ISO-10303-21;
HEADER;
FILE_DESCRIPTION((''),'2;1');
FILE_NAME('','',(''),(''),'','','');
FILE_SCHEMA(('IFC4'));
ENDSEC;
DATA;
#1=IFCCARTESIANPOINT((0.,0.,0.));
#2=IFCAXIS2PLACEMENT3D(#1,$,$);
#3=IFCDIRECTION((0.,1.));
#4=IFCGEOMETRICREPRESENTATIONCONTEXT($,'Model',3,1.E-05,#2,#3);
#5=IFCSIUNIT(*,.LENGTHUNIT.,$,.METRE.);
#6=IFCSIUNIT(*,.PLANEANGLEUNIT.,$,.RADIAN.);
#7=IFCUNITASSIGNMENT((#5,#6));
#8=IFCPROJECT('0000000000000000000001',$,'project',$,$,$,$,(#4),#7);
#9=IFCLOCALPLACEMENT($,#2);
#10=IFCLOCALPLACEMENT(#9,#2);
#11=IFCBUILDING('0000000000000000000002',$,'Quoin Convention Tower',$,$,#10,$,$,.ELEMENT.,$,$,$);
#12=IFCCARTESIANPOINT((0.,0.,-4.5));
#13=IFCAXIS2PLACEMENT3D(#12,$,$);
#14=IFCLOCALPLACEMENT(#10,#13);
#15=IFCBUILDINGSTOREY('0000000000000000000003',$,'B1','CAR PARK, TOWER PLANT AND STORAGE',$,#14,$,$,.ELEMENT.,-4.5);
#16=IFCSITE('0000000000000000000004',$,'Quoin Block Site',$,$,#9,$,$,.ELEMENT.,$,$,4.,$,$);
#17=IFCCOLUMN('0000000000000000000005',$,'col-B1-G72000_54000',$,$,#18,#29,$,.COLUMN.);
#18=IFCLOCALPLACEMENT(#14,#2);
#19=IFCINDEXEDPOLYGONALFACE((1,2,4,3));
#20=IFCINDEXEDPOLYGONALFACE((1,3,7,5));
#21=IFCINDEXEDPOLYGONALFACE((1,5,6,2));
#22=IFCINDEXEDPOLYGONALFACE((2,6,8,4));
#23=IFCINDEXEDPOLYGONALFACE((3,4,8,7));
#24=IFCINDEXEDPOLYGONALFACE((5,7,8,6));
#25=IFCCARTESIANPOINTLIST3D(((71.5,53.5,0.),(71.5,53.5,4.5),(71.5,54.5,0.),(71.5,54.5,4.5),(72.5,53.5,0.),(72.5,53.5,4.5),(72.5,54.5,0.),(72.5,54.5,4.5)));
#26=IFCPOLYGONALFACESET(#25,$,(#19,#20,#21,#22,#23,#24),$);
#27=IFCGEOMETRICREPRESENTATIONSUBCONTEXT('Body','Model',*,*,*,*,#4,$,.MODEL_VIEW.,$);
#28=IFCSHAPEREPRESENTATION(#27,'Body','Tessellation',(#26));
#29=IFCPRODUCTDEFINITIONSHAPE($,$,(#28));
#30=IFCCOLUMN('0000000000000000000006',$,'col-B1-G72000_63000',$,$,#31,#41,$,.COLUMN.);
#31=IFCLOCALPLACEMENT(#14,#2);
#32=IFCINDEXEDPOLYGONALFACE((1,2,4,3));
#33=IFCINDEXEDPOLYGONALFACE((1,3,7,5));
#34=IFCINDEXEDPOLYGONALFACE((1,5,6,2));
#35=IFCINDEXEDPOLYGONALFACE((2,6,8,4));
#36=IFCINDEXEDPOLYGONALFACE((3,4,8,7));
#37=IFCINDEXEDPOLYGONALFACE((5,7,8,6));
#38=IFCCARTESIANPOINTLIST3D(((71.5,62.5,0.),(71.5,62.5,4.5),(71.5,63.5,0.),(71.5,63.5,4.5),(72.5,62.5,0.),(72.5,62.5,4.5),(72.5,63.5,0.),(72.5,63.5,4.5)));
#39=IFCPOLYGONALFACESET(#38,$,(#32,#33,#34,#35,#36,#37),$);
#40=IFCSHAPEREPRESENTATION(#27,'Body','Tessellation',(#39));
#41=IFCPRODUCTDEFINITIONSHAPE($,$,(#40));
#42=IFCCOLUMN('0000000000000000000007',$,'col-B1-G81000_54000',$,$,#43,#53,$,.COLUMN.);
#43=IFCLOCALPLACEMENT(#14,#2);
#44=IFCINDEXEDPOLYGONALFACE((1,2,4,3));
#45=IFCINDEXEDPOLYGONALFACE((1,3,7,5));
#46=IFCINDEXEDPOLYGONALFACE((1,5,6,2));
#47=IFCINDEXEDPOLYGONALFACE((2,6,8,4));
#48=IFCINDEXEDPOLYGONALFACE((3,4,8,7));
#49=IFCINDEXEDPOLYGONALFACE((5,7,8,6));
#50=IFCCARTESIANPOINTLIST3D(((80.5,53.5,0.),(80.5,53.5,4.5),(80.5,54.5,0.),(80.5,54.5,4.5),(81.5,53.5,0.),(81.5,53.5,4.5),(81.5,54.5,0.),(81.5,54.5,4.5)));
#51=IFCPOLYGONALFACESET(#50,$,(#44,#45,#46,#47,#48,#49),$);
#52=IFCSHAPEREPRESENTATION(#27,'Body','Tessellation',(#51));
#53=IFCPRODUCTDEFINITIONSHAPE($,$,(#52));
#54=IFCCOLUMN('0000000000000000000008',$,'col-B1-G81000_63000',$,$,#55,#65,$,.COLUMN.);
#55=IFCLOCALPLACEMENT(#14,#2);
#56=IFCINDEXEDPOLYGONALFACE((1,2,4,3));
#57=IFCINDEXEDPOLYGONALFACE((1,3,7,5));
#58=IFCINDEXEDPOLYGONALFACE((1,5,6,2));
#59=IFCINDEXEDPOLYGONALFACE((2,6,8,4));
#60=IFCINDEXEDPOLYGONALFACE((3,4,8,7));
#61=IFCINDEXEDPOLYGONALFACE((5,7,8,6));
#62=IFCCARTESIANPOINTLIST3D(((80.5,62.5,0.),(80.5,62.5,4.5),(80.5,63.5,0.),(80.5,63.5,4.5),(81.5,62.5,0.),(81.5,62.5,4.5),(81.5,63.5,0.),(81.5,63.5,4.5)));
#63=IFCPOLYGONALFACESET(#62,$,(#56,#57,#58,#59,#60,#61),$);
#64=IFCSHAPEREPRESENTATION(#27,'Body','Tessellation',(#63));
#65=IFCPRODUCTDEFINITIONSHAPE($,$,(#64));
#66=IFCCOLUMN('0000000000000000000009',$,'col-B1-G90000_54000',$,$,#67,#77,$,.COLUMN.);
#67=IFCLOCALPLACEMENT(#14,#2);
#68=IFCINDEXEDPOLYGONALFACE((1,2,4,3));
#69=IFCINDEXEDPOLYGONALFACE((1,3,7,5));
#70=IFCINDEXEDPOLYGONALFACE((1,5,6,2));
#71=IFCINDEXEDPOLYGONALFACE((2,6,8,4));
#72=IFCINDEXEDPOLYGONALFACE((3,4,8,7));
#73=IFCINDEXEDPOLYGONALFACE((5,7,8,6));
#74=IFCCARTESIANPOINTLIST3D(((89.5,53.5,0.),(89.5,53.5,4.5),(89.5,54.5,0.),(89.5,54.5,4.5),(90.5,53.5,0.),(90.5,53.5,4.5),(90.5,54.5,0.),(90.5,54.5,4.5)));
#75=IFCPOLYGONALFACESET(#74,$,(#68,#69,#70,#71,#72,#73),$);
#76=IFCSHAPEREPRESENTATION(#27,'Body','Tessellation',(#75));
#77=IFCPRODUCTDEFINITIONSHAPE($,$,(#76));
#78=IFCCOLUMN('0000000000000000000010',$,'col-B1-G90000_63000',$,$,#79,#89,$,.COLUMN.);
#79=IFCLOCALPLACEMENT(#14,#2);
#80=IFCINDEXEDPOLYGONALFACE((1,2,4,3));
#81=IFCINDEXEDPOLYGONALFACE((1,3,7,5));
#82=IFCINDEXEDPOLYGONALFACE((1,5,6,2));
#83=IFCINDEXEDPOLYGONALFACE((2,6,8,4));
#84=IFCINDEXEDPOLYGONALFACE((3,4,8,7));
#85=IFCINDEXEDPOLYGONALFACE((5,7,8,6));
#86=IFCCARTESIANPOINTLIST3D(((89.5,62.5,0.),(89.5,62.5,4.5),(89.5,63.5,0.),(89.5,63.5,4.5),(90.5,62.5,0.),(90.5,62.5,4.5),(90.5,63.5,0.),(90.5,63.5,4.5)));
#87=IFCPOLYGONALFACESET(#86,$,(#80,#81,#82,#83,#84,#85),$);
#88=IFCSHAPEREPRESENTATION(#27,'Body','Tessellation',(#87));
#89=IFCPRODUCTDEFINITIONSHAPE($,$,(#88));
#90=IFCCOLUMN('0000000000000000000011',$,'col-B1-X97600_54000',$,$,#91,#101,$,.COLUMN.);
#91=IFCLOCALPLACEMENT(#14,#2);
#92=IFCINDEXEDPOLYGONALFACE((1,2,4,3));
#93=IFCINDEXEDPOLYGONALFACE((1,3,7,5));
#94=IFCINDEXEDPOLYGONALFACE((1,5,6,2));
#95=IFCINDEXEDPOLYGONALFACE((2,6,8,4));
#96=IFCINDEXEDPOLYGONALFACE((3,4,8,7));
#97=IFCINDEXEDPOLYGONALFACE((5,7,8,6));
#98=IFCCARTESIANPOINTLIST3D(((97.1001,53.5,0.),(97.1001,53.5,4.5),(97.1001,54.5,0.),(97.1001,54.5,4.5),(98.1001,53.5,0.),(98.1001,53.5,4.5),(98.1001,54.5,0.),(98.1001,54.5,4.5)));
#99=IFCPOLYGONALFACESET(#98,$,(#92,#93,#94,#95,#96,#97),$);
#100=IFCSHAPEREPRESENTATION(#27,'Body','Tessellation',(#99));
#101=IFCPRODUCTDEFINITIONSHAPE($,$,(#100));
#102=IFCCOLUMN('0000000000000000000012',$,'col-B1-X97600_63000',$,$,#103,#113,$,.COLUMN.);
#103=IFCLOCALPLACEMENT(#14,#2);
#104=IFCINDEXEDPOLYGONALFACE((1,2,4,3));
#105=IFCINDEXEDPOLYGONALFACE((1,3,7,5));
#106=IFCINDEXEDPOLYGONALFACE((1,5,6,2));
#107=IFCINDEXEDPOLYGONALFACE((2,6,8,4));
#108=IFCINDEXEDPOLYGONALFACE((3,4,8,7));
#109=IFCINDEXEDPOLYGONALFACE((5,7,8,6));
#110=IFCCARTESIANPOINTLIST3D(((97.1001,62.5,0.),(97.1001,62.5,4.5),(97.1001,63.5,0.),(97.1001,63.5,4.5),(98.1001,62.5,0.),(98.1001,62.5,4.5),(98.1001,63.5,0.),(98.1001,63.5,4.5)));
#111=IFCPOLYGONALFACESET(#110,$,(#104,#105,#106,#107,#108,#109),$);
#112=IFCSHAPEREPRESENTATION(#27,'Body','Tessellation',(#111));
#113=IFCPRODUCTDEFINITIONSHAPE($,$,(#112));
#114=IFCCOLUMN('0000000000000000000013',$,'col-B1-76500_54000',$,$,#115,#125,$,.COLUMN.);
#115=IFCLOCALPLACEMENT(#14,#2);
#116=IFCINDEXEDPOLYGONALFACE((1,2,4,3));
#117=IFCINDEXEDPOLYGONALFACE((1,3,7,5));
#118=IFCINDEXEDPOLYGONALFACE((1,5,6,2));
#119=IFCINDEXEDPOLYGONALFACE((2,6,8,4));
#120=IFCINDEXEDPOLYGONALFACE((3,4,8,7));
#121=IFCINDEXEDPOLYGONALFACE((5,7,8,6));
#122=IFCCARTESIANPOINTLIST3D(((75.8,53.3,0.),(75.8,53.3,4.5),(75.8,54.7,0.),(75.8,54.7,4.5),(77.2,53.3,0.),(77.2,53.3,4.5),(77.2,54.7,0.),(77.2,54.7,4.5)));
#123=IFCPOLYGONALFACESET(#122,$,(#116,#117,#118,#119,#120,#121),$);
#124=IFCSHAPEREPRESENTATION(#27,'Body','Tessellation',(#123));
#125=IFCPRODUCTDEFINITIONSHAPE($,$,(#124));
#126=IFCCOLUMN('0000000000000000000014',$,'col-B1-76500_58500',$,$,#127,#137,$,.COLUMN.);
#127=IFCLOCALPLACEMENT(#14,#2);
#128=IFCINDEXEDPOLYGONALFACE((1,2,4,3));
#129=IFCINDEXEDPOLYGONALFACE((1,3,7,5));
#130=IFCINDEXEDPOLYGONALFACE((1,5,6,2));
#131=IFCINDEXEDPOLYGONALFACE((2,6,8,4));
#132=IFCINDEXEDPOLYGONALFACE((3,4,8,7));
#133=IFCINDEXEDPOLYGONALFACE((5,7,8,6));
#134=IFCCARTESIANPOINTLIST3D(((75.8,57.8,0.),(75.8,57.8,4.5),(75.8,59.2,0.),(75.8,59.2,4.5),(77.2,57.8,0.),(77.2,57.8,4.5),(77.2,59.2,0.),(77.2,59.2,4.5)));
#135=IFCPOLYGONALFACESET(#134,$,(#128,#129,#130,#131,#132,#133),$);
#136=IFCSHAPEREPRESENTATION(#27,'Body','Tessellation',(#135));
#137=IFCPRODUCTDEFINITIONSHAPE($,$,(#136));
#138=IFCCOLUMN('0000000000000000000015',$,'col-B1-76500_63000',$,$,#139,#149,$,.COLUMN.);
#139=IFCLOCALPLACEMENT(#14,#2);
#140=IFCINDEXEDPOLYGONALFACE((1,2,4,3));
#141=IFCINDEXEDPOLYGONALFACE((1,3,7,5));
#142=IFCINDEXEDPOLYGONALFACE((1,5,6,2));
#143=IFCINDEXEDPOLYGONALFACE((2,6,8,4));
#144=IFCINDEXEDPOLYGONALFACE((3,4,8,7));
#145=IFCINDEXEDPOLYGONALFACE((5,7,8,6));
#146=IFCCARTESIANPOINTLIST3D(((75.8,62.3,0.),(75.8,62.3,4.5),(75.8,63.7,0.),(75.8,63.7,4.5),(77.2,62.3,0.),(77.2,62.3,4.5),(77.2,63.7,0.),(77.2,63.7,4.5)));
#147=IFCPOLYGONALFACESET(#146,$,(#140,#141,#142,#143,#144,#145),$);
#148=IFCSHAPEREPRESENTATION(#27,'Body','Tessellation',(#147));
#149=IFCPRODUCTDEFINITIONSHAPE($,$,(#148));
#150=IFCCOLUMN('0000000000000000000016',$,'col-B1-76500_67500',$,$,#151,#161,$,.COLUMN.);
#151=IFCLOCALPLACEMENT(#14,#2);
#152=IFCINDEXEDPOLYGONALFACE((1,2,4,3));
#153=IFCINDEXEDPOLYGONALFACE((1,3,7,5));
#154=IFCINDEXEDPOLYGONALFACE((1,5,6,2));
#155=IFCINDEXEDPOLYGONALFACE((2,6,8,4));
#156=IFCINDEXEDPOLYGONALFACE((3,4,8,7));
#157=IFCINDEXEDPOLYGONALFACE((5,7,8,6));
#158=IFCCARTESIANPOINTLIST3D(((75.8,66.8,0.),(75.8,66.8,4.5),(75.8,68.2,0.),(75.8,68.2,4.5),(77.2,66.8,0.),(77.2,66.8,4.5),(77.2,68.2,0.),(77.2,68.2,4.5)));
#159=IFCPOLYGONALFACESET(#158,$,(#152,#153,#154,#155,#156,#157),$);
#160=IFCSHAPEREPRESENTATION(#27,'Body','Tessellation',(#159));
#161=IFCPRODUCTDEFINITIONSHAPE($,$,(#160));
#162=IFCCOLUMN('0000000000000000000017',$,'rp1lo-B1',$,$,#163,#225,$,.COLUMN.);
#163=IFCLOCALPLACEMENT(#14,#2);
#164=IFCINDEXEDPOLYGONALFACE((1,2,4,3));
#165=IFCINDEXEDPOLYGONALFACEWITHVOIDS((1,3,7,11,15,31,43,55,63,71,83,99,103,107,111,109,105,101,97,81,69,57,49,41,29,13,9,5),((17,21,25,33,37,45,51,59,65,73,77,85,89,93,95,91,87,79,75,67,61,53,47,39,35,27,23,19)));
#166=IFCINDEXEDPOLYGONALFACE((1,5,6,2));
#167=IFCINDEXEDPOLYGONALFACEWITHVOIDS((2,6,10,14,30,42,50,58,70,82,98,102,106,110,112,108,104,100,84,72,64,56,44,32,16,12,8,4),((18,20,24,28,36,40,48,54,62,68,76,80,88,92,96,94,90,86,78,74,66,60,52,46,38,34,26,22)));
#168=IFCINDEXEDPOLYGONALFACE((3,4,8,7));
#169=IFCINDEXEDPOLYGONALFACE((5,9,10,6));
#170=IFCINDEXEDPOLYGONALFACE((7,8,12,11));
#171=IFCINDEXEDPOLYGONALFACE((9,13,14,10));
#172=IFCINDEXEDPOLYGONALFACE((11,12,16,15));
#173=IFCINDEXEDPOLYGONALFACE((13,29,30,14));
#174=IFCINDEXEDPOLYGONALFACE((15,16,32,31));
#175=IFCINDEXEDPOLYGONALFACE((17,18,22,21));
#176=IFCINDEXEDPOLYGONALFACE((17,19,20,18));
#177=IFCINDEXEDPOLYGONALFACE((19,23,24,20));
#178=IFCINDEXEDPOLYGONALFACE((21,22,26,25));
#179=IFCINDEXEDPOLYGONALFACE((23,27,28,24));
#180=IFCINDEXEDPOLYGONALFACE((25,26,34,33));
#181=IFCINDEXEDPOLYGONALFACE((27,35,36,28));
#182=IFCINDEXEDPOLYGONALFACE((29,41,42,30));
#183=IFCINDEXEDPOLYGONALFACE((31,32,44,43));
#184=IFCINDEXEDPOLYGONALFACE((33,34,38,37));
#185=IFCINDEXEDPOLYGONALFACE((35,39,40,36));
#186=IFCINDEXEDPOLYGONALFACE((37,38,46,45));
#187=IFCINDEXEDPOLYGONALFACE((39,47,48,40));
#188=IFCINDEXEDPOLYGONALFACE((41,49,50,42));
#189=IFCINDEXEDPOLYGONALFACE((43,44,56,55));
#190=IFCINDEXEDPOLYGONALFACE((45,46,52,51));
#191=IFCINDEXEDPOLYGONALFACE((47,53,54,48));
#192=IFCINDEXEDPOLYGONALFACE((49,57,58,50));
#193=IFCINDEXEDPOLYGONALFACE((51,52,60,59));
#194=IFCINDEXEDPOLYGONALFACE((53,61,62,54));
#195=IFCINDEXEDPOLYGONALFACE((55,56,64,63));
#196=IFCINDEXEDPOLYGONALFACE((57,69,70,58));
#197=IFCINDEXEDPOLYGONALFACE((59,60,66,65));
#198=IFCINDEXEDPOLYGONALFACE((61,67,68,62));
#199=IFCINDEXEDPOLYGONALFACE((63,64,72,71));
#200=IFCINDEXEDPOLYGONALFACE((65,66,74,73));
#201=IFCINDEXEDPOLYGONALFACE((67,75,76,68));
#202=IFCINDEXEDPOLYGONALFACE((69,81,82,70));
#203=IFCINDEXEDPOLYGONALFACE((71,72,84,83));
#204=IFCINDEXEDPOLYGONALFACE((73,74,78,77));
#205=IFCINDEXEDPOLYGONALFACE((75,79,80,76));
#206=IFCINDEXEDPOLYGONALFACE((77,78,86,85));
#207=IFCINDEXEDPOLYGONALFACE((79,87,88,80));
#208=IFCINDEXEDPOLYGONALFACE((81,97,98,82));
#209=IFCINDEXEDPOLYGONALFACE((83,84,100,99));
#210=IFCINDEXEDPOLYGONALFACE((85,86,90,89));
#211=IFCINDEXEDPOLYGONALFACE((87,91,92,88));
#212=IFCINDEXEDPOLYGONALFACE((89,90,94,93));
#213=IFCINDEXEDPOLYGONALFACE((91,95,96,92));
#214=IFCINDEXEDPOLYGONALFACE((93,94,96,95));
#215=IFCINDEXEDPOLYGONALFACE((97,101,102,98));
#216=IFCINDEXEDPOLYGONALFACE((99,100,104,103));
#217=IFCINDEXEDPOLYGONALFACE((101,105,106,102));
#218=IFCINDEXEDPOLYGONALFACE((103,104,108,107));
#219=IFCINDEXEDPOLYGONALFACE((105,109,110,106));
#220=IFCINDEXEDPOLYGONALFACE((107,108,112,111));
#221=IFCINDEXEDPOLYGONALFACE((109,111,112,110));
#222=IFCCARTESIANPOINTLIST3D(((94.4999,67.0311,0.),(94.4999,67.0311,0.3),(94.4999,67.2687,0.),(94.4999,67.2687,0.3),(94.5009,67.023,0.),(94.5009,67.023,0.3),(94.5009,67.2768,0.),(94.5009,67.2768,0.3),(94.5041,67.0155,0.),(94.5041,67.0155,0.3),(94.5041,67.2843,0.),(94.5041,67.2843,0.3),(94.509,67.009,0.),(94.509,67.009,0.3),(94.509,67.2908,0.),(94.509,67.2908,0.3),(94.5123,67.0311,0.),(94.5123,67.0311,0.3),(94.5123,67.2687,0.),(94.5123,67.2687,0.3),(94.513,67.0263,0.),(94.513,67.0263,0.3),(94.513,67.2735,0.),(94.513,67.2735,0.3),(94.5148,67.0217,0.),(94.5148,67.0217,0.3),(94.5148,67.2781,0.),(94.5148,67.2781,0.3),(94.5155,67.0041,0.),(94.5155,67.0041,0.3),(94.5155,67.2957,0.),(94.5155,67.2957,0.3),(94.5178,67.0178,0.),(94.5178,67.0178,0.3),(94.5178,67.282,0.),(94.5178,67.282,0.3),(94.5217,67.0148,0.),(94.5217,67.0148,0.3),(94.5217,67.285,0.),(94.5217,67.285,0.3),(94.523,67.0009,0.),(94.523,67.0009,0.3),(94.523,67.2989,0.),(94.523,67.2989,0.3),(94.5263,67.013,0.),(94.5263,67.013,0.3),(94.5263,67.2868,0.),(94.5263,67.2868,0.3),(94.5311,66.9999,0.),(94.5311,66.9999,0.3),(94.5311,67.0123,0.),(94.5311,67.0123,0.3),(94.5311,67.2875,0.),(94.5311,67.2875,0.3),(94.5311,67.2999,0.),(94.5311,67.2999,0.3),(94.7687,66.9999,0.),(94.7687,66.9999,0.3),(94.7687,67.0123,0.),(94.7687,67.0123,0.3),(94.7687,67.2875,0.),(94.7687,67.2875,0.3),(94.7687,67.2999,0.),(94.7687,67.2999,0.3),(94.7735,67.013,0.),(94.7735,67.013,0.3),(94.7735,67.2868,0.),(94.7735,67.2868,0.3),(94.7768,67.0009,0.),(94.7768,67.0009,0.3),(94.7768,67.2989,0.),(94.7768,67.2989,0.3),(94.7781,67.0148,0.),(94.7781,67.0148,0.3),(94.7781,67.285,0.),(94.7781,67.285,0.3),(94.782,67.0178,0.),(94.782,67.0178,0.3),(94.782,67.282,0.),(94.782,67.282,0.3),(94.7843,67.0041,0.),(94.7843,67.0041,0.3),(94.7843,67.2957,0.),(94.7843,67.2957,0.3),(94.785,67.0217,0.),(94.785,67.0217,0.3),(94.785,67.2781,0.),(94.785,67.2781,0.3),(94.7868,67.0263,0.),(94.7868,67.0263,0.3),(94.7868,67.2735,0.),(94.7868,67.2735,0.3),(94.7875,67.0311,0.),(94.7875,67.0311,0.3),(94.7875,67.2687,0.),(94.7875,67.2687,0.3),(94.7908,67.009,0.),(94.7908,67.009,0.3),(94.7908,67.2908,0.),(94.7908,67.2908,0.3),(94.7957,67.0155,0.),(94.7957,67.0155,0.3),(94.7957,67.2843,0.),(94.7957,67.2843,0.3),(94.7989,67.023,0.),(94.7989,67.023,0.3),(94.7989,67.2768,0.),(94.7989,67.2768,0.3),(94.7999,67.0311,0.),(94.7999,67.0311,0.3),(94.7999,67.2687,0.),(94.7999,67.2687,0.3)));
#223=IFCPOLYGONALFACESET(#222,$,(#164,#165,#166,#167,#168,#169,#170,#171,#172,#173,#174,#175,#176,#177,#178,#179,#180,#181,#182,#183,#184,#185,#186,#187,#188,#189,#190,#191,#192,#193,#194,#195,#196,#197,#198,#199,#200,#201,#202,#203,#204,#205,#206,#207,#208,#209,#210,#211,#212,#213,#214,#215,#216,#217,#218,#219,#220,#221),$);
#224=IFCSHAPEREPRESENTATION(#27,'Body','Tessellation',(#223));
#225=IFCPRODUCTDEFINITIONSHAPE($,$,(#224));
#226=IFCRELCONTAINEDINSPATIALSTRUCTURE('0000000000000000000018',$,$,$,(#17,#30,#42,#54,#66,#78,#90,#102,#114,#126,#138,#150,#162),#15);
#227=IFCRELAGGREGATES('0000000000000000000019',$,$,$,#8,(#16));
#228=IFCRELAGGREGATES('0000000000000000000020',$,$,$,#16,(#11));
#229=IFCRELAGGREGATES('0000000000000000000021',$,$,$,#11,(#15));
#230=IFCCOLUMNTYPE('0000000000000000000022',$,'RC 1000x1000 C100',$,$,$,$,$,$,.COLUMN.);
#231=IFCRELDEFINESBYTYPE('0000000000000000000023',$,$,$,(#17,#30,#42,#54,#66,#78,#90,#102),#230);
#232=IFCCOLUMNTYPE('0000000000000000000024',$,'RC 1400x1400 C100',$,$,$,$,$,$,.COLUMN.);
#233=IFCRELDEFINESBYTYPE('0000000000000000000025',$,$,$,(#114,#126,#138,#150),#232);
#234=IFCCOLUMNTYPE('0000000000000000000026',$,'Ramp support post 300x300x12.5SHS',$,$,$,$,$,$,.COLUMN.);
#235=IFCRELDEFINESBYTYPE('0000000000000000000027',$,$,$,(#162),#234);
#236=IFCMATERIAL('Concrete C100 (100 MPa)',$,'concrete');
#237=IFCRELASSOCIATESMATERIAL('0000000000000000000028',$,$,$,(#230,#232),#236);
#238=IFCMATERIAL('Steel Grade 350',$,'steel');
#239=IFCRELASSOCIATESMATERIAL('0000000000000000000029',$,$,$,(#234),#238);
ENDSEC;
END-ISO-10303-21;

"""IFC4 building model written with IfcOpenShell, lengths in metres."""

from ifc_helpers import new_model, si_unit, direction, frame, origin, origin_2d, place, context, subcontext, project, spatial, rectangle, hollow_rectangle, extrude, material, material_profile, profile_set, type_object, element, save


model = new_model("IFC4")

# Units and contexts
model_context = context("Model", 3, precision=1e-05, world=origin(), true_north=direction((0.0, 1.0)))
body_context = subcontext(model_context, "Body", "Model", "MODEL_VIEW")
ifc_project = project(units=[si_unit("LENGTHUNIT", "METRE"), si_unit("PLANEANGLEUNIT", "RADIAN")], contexts=[model_context])

# Site, building, storey
site_placement = place(None, origin())
site = spatial("IfcSite", under=ifc_project, at=site_placement, Name="Quoin Block Site", CompositionType="ELEMENT", RefElevation=4.0)
building_placement = place(site_placement, origin())
building = spatial("IfcBuilding", under=site, at=building_placement, Name="Quoin Convention Tower", CompositionType="ELEMENT")
storey_placement = place(building_placement, frame((0.0, 0.0, -4.5)))
storey = spatial("IfcBuildingStorey", under=building, at=storey_placement, Name="B1", Description="CAR PARK, TOWER PLANT AND STORAGE", CompositionType="ELEMENT", Elevation=-4.5)

# Columns
ifc_material_1 = material(Name="Concrete C100 (100 MPa)", Category="concrete")
ifc_material_profile_1 = material_profile(ifc_material_1, rectangle(XDim=1.0, YDim=1.0, at=origin_2d()), Name="RC 1000x1000")
ifc_profile_set_1 = profile_set([ifc_material_profile_1], Name="Concrete C100 (100 MPa)")
column_type_1 = type_object("IfcColumnType", Name="RC 1000x1000 C100", PredefinedType="COLUMN", material=ifc_profile_set_1)
for number, where, z_axis, x_axis, name in (
    (1, (72.0, 54.0, 0.0), (0.0, 0.0, 1.0), (1.0, 0.0, 0.0), "col-B1-G72000_54000"),
    (2, (72.0, 63.0, 0.0), (0.0, 0.0, 1.0), (1.0, 0.0, 0.0), "col-B1-G72000_63000"),
    (3, (81.0, 54.0, 0.0), (0.0, 0.0, 1.0), (1.0, 0.0, 0.0), "col-B1-G81000_54000"),
    (4, (81.0, 63.0, 0.0), (0.0, 0.0, 1.0), (1.0, 0.0, 0.0), "col-B1-G81000_63000"),
    (5, (90.0, 54.0, 0.0), (0.0, 0.0, 1.0), (1.0, 0.0, 0.0), "col-B1-G90000_54000"),
    (6, (90.0, 63.0, 0.0), (0.0, 0.0, 1.0), (1.0, 0.0, 0.0), "col-B1-G90000_63000"),
    (7, (97.6001, 54.0, 0.0), (0.0, 0.0, 1.0), (1.0, 0.0, 0.0), "col-B1-X97600_54000"),
    (8, (97.6001, 63.0, 0.0), (0.0, 0.0, 1.0), (1.0, 0.0, 0.0), "col-B1-X97600_63000"),
):
    element("IfcColumn", number, at=place(storey_placement, frame(where, z_axis=z_axis, x_axis=x_axis)), inside=storey, type_object=column_type_1, Name=name, PredefinedType="COLUMN", context=body_context, shape_type="SweptSolid", body=[
        extrude(rectangle(XDim=1.0, YDim=1.0, at=origin_2d()), origin(), (0.0, 0.0, 1.0), 4.5),
    ])
ifc_material_profile_2 = material_profile(ifc_material_1, rectangle(XDim=1.3999, YDim=1.3999, at=origin_2d()), Name="RC 1400x1400")
ifc_profile_set_2 = profile_set([ifc_material_profile_2], Name="Concrete C100 (100 MPa)")
column_type_2 = type_object("IfcColumnType", Name="RC 1400x1400 C100", PredefinedType="COLUMN", material=ifc_profile_set_2)
for number, where, z_axis, x_axis, name in (
    (9, (76.5, 54.0, 0.0), (0.0, 0.0, 1.0), (1.0, 0.0, 0.0), "col-B1-76500_54000"),
    (10, (76.5, 58.5, 0.0), (0.0, 0.0, 1.0), (1.0, 0.0, 0.0), "col-B1-76500_58500"),
    (11, (76.5, 63.0, 0.0), (0.0, 0.0, 1.0), (1.0, 0.0, 0.0), "col-B1-76500_63000"),
    (12, (76.5, 67.5, 0.0), (0.0, 0.0, 1.0), (1.0, 0.0, 0.0), "col-B1-76500_67500"),
):
    element("IfcColumn", number, at=place(storey_placement, frame(where, z_axis=z_axis, x_axis=x_axis)), inside=storey, type_object=column_type_2, Name=name, PredefinedType="COLUMN", context=body_context, shape_type="SweptSolid", body=[
        extrude(rectangle(XDim=1.3999, YDim=1.3999, at=origin_2d()), origin(), (0.0, 0.0, 1.0), 4.5),
    ])
ifc_material_2 = material(Name="Steel Grade 350", Category="steel")
ifc_material_profile_3 = material_profile(ifc_material_2, hollow_rectangle(XDim=0.3, YDim=0.3, WallThickness=0.0125, InnerFilletRadius=0.0188, OuterFilletRadius=0.0312, at=origin_2d()), Name="300x300x12.5SHS")
ifc_profile_set_3 = profile_set([ifc_material_profile_3], Name="Steel Grade 350")
column_type_3 = type_object("IfcColumnType", Name="Ramp support post 300x300x12.5SHS", PredefinedType="COLUMN", material=ifc_profile_set_3)
column_placement = place(storey_placement, frame((94.6499, 67.1499, 0.0), z_axis=(0.0, 0.0, 1.0), x_axis=(1.0, 0.0, 0.0)))
element("IfcColumn", 13, at=column_placement, inside=storey, type_object=column_type_3, Name="rp1lo-B1", PredefinedType="COLUMN", context=body_context, shape_type="SweptSolid", body=[
    extrude(hollow_rectangle(XDim=0.3, YDim=0.3, WallThickness=0.0125, InnerFilletRadius=0.0188, OuterFilletRadius=0.0312, at=origin_2d()), origin(), (0.0, 0.0, 1.0), 0.3),
])

save(model, "model.ifc")
